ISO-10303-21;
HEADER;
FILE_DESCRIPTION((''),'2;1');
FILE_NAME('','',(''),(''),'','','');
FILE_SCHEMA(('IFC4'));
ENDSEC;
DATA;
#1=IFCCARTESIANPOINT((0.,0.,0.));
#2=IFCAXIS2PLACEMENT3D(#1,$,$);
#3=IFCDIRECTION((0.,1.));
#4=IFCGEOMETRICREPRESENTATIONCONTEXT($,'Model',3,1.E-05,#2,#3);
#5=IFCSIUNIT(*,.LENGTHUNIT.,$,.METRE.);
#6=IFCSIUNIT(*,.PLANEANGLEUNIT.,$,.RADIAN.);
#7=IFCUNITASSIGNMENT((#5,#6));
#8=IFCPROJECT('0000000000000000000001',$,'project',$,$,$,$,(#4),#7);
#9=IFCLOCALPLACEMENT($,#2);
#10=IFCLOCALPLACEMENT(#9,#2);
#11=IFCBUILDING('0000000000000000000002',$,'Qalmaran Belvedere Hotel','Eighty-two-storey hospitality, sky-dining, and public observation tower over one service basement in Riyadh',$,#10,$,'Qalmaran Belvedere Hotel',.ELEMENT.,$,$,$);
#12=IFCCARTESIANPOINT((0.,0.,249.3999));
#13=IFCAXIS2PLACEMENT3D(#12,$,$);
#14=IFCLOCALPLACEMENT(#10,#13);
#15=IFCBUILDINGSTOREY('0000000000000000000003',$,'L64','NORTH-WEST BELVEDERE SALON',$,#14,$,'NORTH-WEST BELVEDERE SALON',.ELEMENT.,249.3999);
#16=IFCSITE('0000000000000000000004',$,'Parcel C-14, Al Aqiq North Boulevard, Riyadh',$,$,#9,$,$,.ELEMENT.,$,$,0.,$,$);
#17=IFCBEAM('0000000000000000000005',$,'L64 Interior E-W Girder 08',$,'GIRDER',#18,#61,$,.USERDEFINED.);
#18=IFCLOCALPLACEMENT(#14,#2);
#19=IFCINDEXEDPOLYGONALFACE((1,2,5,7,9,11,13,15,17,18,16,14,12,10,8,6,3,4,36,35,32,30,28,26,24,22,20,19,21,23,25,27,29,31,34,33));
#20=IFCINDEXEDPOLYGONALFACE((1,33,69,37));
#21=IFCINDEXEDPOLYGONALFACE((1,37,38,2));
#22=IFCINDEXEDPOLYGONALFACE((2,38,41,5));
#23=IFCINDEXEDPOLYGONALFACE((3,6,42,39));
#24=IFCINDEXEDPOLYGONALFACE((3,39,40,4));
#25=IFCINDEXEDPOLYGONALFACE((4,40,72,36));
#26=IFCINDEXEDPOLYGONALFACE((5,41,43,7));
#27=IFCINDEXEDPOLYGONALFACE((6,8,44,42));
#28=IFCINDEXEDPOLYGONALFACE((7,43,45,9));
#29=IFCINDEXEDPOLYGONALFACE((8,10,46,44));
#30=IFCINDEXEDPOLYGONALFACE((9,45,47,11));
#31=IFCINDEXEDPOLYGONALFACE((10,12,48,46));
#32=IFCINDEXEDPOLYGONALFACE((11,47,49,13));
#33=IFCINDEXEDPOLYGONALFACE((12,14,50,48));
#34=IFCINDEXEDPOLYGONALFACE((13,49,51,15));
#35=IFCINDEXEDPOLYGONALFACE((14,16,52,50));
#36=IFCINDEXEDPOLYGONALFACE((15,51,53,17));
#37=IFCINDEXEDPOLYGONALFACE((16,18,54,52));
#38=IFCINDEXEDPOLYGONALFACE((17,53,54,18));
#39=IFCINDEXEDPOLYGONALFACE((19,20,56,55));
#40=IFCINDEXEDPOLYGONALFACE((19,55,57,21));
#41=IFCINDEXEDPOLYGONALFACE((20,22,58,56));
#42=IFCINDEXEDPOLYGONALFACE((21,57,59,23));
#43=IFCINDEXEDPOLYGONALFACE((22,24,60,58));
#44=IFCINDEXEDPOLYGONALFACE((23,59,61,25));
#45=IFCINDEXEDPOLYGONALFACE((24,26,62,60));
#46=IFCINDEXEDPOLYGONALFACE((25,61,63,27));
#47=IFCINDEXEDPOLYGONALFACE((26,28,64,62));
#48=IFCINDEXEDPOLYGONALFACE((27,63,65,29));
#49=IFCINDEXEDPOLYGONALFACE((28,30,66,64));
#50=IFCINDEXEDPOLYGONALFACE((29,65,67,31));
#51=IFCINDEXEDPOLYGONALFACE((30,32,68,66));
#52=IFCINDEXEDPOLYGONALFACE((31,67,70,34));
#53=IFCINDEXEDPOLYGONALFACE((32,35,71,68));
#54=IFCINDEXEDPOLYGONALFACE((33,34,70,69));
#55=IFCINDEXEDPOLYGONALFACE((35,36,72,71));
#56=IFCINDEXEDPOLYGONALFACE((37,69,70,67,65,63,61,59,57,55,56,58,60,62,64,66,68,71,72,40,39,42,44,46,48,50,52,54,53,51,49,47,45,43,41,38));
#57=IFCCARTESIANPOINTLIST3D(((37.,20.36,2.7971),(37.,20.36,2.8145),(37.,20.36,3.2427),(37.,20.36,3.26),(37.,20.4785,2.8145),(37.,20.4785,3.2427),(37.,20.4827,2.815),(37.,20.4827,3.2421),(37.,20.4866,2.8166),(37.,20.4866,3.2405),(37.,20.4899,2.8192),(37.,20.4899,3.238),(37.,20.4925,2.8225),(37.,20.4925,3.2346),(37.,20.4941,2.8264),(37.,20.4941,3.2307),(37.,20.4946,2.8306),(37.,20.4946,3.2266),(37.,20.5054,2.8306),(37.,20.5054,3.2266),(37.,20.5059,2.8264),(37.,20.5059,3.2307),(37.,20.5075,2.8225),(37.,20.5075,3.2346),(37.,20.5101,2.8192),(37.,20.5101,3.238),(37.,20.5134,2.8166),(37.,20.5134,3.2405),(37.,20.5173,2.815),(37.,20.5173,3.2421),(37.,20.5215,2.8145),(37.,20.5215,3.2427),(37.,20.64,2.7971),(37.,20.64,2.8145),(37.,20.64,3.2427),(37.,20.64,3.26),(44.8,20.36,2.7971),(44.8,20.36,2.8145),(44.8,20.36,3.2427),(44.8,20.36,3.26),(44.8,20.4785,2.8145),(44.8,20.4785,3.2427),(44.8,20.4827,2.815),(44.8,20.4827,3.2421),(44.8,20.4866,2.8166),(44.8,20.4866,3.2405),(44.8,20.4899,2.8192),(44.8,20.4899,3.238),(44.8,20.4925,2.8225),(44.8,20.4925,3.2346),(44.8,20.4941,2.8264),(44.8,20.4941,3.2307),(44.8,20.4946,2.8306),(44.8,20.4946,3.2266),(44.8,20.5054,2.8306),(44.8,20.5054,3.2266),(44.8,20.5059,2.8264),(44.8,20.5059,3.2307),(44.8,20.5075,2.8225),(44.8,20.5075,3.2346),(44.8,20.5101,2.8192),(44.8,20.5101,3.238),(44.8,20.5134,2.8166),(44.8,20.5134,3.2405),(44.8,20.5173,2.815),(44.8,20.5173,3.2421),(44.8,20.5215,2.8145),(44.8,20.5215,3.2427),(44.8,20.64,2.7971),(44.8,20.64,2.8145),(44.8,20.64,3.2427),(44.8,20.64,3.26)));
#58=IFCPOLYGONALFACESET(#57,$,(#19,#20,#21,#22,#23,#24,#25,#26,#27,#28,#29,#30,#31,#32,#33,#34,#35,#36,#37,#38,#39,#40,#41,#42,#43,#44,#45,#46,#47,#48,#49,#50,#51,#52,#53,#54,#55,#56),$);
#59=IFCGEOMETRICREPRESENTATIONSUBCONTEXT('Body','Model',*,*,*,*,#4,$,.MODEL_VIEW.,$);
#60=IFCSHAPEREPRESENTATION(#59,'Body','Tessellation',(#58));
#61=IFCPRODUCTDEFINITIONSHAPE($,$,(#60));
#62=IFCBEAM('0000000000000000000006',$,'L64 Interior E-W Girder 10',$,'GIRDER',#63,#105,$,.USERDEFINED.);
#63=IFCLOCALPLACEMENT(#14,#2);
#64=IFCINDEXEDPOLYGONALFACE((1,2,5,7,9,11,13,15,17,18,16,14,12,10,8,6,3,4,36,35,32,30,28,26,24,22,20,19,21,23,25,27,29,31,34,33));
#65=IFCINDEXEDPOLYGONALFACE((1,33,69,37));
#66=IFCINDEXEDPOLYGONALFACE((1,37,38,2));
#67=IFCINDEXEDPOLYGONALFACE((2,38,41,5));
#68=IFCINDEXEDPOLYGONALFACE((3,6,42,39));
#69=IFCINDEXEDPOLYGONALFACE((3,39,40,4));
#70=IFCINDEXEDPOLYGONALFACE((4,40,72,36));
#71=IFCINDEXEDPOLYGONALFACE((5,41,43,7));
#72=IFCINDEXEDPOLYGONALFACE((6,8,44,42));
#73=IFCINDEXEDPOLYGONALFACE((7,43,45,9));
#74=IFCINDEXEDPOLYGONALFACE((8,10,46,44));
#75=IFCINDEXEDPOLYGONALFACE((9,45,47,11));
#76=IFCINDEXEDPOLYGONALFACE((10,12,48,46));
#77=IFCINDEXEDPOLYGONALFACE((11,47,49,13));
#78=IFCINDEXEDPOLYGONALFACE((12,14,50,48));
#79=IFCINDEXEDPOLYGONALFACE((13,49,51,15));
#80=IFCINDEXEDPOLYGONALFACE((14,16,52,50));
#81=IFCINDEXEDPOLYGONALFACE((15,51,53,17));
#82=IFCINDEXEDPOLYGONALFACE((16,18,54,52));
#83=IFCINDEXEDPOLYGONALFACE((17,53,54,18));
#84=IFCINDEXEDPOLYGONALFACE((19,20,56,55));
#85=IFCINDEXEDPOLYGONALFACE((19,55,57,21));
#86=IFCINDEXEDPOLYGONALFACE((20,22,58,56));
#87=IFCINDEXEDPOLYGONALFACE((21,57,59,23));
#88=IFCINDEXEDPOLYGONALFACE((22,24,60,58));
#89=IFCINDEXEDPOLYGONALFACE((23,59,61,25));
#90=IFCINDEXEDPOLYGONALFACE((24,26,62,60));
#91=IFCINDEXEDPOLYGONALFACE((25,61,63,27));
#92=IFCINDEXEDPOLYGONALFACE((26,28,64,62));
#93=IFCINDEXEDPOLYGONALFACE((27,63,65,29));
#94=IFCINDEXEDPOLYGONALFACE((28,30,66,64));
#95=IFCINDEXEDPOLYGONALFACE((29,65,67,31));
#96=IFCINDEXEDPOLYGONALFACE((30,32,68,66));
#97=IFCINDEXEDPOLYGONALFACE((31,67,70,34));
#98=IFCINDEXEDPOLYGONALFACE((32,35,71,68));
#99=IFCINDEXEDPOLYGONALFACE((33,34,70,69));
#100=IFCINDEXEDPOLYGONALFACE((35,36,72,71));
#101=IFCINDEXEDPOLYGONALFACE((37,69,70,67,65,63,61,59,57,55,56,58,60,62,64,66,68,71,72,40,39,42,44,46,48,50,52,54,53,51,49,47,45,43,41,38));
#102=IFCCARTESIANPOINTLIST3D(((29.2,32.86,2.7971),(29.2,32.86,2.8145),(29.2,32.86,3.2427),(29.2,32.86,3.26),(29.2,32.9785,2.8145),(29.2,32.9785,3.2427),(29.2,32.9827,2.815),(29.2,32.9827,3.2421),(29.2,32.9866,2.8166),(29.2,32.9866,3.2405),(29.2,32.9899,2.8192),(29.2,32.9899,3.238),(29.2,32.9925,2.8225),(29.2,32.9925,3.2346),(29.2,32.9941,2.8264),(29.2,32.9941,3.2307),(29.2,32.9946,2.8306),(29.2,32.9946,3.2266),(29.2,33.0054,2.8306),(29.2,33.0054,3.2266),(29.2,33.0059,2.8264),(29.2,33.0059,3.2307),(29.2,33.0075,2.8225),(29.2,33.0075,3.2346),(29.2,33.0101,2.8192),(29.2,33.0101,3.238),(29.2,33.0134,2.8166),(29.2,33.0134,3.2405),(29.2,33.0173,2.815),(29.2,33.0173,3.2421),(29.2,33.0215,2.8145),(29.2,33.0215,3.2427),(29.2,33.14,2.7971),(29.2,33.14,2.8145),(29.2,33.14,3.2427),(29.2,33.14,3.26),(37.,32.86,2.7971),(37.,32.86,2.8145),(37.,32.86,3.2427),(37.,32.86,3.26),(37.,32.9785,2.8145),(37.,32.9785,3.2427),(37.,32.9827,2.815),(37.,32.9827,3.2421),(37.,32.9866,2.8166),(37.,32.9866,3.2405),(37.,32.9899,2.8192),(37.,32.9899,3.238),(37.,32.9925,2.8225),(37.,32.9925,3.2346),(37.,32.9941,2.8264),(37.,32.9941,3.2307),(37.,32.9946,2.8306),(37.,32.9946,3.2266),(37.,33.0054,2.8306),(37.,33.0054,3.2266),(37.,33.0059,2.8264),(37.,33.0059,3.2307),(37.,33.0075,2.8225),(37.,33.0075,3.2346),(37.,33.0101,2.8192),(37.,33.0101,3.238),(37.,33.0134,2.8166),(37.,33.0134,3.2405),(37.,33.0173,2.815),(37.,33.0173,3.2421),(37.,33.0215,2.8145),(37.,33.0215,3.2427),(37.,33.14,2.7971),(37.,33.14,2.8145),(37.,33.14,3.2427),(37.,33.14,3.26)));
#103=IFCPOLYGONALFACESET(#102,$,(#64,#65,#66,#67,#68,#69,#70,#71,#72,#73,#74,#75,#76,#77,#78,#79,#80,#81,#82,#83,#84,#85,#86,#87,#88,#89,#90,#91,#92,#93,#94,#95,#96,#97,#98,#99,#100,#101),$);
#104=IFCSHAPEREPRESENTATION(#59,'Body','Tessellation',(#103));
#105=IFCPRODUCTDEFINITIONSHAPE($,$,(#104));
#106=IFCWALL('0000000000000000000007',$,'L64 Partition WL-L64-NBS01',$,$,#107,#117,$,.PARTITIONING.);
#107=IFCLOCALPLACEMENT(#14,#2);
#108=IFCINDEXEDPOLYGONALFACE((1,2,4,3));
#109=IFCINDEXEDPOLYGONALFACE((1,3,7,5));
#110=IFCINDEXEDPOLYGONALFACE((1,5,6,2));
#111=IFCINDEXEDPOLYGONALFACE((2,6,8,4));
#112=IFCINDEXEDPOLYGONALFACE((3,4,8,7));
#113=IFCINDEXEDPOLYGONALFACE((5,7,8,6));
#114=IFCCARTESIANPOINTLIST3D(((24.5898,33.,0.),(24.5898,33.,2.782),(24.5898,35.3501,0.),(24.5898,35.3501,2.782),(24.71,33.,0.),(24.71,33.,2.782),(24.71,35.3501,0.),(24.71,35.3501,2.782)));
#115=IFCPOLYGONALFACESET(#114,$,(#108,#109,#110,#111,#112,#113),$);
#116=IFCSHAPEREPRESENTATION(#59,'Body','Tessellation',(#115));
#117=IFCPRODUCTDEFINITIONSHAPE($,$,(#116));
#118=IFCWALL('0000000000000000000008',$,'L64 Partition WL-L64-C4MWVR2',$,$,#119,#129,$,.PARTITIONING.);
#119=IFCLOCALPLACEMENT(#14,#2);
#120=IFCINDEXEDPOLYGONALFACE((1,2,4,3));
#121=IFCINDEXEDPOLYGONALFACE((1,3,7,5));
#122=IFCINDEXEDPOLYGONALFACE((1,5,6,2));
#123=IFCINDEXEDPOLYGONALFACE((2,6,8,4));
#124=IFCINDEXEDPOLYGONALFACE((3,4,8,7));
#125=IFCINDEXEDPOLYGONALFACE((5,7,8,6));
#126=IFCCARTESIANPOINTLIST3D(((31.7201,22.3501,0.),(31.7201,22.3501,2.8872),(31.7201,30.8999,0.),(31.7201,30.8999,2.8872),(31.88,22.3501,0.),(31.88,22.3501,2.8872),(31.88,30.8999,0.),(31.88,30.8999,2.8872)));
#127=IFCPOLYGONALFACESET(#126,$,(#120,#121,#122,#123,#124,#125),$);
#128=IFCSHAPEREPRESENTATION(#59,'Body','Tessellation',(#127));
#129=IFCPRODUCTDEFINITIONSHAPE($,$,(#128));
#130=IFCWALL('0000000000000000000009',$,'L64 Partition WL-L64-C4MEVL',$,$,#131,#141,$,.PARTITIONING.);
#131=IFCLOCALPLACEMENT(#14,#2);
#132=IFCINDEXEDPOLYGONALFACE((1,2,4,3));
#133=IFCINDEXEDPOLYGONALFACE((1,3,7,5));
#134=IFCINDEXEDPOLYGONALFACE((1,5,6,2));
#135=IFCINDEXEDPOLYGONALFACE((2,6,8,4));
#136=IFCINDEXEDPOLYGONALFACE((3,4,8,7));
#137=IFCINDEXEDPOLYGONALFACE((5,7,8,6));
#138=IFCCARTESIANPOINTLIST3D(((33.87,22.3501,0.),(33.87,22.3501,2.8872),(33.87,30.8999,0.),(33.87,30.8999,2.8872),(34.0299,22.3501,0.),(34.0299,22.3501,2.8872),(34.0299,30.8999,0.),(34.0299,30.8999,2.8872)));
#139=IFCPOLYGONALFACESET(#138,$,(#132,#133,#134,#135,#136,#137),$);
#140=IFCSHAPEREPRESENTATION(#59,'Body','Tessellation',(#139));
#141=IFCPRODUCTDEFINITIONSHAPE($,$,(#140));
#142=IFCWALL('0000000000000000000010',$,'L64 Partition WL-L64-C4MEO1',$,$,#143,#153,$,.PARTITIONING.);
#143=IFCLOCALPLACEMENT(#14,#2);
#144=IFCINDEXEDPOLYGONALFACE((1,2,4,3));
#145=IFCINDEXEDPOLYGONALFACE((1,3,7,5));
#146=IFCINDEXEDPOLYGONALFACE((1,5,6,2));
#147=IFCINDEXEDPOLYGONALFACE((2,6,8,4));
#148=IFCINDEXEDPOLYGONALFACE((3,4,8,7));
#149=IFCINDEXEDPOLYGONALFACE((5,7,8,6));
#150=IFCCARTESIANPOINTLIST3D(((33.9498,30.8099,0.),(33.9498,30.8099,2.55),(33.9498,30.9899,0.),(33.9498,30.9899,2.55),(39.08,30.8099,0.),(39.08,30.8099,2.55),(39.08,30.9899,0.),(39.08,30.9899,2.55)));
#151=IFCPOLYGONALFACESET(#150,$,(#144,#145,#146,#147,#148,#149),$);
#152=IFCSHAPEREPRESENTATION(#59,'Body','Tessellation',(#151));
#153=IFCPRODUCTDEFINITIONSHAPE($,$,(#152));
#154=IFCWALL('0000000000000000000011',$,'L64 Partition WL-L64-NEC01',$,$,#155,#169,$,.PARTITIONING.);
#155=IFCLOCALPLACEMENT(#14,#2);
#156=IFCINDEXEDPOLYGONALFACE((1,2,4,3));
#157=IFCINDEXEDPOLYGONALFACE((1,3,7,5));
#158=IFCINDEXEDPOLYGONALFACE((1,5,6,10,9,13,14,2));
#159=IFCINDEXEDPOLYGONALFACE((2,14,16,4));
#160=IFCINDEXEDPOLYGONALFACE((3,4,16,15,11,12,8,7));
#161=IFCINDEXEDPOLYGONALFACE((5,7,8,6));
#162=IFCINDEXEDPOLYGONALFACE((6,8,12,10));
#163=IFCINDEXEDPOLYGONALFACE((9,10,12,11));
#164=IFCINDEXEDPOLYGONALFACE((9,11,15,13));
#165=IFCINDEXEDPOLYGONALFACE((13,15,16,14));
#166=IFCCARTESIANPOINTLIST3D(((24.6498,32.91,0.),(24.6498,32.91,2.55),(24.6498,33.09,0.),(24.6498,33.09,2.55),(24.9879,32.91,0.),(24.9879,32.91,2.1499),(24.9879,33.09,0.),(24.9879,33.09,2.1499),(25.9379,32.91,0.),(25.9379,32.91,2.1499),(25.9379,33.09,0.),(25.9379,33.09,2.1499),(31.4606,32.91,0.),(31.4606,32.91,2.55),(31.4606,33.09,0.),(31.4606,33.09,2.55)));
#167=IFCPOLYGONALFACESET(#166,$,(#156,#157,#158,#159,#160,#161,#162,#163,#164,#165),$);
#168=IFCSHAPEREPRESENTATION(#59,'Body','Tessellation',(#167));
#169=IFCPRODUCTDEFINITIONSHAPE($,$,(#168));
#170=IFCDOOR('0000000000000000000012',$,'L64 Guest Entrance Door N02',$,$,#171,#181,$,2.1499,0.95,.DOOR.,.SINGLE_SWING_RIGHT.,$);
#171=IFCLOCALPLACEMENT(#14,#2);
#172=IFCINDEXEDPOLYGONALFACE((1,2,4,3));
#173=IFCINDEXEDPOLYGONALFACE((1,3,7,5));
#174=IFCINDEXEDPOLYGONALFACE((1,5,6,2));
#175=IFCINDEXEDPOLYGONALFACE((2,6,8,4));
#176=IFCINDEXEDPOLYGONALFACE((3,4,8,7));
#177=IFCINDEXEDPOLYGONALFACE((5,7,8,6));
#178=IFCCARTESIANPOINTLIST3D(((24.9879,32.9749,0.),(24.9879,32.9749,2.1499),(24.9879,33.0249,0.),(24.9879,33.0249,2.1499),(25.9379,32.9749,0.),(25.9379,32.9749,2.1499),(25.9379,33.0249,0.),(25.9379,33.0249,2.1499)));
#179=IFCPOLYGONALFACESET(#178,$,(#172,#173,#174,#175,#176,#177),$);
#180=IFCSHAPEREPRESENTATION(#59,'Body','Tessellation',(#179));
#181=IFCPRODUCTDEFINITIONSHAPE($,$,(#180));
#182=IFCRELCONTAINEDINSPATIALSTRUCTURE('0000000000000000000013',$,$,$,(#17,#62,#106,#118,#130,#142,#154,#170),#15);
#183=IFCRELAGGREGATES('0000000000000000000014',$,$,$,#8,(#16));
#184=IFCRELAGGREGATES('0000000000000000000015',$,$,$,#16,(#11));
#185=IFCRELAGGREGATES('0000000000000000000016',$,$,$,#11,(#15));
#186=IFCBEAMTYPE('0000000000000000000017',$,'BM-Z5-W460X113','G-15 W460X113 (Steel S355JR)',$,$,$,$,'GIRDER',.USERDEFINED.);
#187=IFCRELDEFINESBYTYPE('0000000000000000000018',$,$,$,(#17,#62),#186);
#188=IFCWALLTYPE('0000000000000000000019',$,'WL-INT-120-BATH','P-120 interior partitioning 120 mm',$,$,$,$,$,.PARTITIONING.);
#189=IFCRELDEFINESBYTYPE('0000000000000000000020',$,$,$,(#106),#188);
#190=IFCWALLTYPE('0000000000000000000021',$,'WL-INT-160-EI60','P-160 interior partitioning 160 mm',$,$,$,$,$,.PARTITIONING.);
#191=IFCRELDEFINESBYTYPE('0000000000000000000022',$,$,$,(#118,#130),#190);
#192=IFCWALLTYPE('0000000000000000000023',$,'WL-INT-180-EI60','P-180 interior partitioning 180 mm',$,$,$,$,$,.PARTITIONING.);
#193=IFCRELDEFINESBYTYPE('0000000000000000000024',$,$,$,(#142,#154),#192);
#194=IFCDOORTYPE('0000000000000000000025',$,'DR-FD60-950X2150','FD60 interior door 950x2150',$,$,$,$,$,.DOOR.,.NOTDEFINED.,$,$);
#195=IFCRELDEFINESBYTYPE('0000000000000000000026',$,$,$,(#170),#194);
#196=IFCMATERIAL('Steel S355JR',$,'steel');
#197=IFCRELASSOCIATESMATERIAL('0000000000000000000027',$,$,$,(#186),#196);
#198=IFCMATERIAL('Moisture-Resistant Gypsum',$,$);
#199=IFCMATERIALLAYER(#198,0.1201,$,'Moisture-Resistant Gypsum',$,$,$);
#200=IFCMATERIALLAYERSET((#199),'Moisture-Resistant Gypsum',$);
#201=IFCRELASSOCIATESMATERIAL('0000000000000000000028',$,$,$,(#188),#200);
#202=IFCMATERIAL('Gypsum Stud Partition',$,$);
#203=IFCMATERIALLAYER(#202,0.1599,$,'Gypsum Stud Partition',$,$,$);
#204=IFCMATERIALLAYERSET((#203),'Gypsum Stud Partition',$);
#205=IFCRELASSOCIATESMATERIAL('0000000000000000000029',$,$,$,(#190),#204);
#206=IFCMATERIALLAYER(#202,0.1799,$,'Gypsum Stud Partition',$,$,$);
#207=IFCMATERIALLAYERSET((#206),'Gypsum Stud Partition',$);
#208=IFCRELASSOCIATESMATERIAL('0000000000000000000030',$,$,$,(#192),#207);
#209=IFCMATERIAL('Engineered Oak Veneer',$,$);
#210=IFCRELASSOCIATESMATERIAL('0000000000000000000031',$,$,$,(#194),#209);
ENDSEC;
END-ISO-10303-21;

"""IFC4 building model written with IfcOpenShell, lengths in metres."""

from ifc_helpers import new_model, si_unit, direction, frame, frame_2d, origin, origin_2d, place, context, subcontext, project, spatial, rectangle, i_section, extrude, material, layer, layer_set, material_profile, profile_set, type_object, element, fill, save


model = new_model("IFC4")

# Units and contexts
model_context = context("Model", 3, precision=1e-05, world=origin(), true_north=direction((0.0, 1.0)))
body_context = subcontext(model_context, "Body", "Model", "MODEL_VIEW")
ifc_project = project(units=[si_unit("LENGTHUNIT", "METRE"), si_unit("PLANEANGLEUNIT", "RADIAN")], contexts=[model_context])

# Site, building, storey
site_placement = place(None, origin())
site = spatial("IfcSite", under=ifc_project, at=site_placement, Name="Parcel C-14, Al Aqiq North Boulevard, Riyadh", CompositionType="ELEMENT", RefElevation=0.0)
building_placement = place(site_placement, origin())
building = spatial("IfcBuilding", under=site, at=building_placement, Name="Qalmaran Belvedere Hotel", Description="Eighty-two-storey hospitality, sky-dining, and public observation tower over one service basement in Riyadh", LongName="Qalmaran Belvedere Hotel", CompositionType="ELEMENT")
storey_placement = place(building_placement, frame((0.0, 0.0, 249.3999)))
storey = spatial("IfcBuildingStorey", under=building, at=storey_placement, Name="L64", Description="NORTH-WEST BELVEDERE SALON", LongName="NORTH-WEST BELVEDERE SALON", CompositionType="ELEMENT", Elevation=249.3999)

# Beams
ifc_material_1 = material(Name="Steel S355JR", Category="steel")
ifc_material_profile_1 = material_profile(ifc_material_1, i_section(OverallWidth=0.28, OverallDepth=0.4629, WebThickness=0.0107, FlangeThickness=0.0173, FilletRadius=0.0161, at=origin_2d()), Name="W460X113")
ifc_profile_set_1 = profile_set([ifc_material_profile_1], Name="Steel S355JR")
beam_type_1 = type_object("IfcBeamType", Name="BM-Z5-W460X113", Description="G-15 W460X113 (Steel S355JR)", ElementType="GIRDER", PredefinedType="USERDEFINED", material=ifc_profile_set_1)
for number, where, z_axis, x_axis, name in (
    (1, (37.0, 20.5, 3.0286), (1.0, 0.0, 0.0), (0.0, 1.0, 0.0), "L64 Interior E-W Girder 08"),
    (2, (29.2, 33.0, 3.0286), (1.0, 0.0, 0.0), (0.0, 1.0, 0.0), "L64 Interior E-W Girder 10"),
):
    element("IfcBeam", number, at=place(storey_placement, frame(where, z_axis=z_axis, x_axis=x_axis)), inside=storey, type_object=beam_type_1, Name=name, ObjectType="GIRDER", PredefinedType="USERDEFINED", context=body_context, shape_type="SweptSolid", body=[
        extrude(i_section(OverallWidth=0.28, OverallDepth=0.4629, WebThickness=0.0107, FlangeThickness=0.0173, FilletRadius=0.0161, at=origin_2d()), origin(), (0.0, 0.0, 1.0), 7.8),
    ])

# Wall
ifc_material_2 = material(Name="Moisture-Resistant Gypsum")
ifc_layer_1 = layer(ifc_material_2, 0.1201, Name="Moisture-Resistant Gypsum")
ifc_layer_set_1 = layer_set([ifc_layer_1], Name="Moisture-Resistant Gypsum")
wall_type_1 = type_object("IfcWallType", Name="WL-INT-120-BATH", Description="P-120 interior partitioning 120 mm", PredefinedType="PARTITIONING", material=ifc_layer_set_1)
wall_1_placement = place(storey_placement, frame((24.6499, 33.0, 0.0), z_axis=(0.0, 0.0, 1.0), x_axis=(0.0, 1.0, 0.0)))
element("IfcWall", 3, at=wall_1_placement, inside=storey, type_object=wall_type_1, Name="L64 Partition WL-L64-NBS01", PredefinedType="PARTITIONING", context=body_context, shape_type="SweptSolid", body=[
    extrude(rectangle(XDim=2.3501, YDim=0.1201, at=frame_2d((1.175, 0.0))), origin(), (0.0, 0.0, 1.0), 2.782),
])

# Shared definitions
ifc_material_3 = material(Name="Gypsum Stud Partition")

# Walls
ifc_layer_2 = layer(ifc_material_3, 0.1599, Name="Gypsum Stud Partition")
ifc_layer_set_2 = layer_set([ifc_layer_2], Name="Gypsum Stud Partition")
wall_type_2 = type_object("IfcWallType", Name="WL-INT-160-EI60", Description="P-160 interior partitioning 160 mm", PredefinedType="PARTITIONING", material=ifc_layer_set_2)
for number, where, z_axis, x_axis, name in (
    (4, (31.8, 22.3501, 0.0), (0.0, 0.0, 1.0), (0.0, 1.0, 0.0), "L64 Partition WL-L64-C4MWVR2"),
    (5, (33.95, 22.3501, 0.0), (0.0, 0.0, 1.0), (0.0, 1.0, 0.0), "L64 Partition WL-L64-C4MEVL"),
):
    element("IfcWall", number, at=place(storey_placement, frame(where, z_axis=z_axis, x_axis=x_axis)), inside=storey, type_object=wall_type_2, Name=name, PredefinedType="PARTITIONING", context=body_context, shape_type="SweptSolid", body=[
        extrude(rectangle(XDim=8.5498, YDim=0.1599, at=frame_2d((4.2749, 0.0))), origin(), (0.0, 0.0, 1.0), 2.8872),
    ])

# Shared definitions
ifc_layer_3 = layer(ifc_material_3, 0.1799, Name="Gypsum Stud Partition")
ifc_layer_set_3 = layer_set([ifc_layer_3], Name="Gypsum Stud Partition")
wall_type_3 = type_object("IfcWallType", Name="WL-INT-180-EI60", Description="P-180 interior partitioning 180 mm", PredefinedType="PARTITIONING", material=ifc_layer_set_3)
ifc_material_4 = material(Name="Engineered Oak Veneer")
door_type_1 = type_object("IfcDoorType", Name="DR-FD60-950X2150", Description="FD60 interior door 950x2150", OperationType="NOTDEFINED", PredefinedType="DOOR", material=ifc_material_4)

# Wall
wall_2_placement = place(storey_placement, frame((33.95, 30.8999, 0.0), z_axis=(0.0, 0.0, 1.0), x_axis=(1.0, 0.0, 0.0)))
element("IfcWall", 6, at=wall_2_placement, inside=storey, type_object=wall_type_3, Name="L64 Partition WL-L64-C4MEO1", PredefinedType="PARTITIONING", context=body_context, shape_type="SweptSolid", body=[
    extrude(rectangle(XDim=5.1301, YDim=0.1799, at=frame_2d((2.5649, 0.0))), origin(), (0.0, 0.0, 1.0), 2.55),
])

# Wall, opening, door
wall_3_placement = place(storey_placement, frame((24.6499, 33.0, 0.0), z_axis=(0.0, 0.0, 1.0), x_axis=(1.0, 0.0, 0.0)))
wall_3 = element("IfcWall", 7, at=wall_3_placement, inside=storey, type_object=wall_type_3, Name="L64 Partition WL-L64-NEC01", PredefinedType="PARTITIONING", context=body_context, shape_type="SweptSolid", body=[
    extrude(rectangle(XDim=6.8108, YDim=0.1799, at=frame_2d((3.4053, 0.0))), origin(), (0.0, 0.0, 1.0), 2.55),
])
opening_1_placement = place(wall_3_placement, frame((0.3379, 0.0, 0.0)))
opening_1 = element("IfcOpeningElement", 8, at=opening_1_placement, cuts=wall_3, PredefinedType="OPENING", context=body_context, shape_type="SweptSolid", body=[
    extrude(rectangle(XDim=0.95, YDim=2.1499, at=frame_2d((0.4751, 1.075))), frame((0.0, 0.1001, 0.0), z_axis=(0.0, -1.0, 0.0), x_axis=(1.0, 0.0, 0.0)), (0.0, 0.0, 1.0), 0.2),
])
door_1_placement = place(opening_1_placement, origin())
door_1 = element("IfcDoor", 9, at=door_1_placement, inside=storey, type_object=door_type_1, Name="L64 Guest Entrance Door N02", OperationType="SINGLE_SWING_RIGHT", OverallHeight=2.1499, OverallWidth=0.95, PredefinedType="DOOR", context=body_context, shape_type="SweptSolid", body=[
    extrude(rectangle(XDim=0.95, YDim=2.1499, at=frame_2d((0.4751, 1.075))), frame((0.0, 0.0249, 0.0), z_axis=(0.0, -1.0, 0.0), x_axis=(1.0, 0.0, 0.0)), (0.0, 0.0, 1.0), 0.05),
])
fill(opening_1, door_1)

save(model, "model.ifc")
